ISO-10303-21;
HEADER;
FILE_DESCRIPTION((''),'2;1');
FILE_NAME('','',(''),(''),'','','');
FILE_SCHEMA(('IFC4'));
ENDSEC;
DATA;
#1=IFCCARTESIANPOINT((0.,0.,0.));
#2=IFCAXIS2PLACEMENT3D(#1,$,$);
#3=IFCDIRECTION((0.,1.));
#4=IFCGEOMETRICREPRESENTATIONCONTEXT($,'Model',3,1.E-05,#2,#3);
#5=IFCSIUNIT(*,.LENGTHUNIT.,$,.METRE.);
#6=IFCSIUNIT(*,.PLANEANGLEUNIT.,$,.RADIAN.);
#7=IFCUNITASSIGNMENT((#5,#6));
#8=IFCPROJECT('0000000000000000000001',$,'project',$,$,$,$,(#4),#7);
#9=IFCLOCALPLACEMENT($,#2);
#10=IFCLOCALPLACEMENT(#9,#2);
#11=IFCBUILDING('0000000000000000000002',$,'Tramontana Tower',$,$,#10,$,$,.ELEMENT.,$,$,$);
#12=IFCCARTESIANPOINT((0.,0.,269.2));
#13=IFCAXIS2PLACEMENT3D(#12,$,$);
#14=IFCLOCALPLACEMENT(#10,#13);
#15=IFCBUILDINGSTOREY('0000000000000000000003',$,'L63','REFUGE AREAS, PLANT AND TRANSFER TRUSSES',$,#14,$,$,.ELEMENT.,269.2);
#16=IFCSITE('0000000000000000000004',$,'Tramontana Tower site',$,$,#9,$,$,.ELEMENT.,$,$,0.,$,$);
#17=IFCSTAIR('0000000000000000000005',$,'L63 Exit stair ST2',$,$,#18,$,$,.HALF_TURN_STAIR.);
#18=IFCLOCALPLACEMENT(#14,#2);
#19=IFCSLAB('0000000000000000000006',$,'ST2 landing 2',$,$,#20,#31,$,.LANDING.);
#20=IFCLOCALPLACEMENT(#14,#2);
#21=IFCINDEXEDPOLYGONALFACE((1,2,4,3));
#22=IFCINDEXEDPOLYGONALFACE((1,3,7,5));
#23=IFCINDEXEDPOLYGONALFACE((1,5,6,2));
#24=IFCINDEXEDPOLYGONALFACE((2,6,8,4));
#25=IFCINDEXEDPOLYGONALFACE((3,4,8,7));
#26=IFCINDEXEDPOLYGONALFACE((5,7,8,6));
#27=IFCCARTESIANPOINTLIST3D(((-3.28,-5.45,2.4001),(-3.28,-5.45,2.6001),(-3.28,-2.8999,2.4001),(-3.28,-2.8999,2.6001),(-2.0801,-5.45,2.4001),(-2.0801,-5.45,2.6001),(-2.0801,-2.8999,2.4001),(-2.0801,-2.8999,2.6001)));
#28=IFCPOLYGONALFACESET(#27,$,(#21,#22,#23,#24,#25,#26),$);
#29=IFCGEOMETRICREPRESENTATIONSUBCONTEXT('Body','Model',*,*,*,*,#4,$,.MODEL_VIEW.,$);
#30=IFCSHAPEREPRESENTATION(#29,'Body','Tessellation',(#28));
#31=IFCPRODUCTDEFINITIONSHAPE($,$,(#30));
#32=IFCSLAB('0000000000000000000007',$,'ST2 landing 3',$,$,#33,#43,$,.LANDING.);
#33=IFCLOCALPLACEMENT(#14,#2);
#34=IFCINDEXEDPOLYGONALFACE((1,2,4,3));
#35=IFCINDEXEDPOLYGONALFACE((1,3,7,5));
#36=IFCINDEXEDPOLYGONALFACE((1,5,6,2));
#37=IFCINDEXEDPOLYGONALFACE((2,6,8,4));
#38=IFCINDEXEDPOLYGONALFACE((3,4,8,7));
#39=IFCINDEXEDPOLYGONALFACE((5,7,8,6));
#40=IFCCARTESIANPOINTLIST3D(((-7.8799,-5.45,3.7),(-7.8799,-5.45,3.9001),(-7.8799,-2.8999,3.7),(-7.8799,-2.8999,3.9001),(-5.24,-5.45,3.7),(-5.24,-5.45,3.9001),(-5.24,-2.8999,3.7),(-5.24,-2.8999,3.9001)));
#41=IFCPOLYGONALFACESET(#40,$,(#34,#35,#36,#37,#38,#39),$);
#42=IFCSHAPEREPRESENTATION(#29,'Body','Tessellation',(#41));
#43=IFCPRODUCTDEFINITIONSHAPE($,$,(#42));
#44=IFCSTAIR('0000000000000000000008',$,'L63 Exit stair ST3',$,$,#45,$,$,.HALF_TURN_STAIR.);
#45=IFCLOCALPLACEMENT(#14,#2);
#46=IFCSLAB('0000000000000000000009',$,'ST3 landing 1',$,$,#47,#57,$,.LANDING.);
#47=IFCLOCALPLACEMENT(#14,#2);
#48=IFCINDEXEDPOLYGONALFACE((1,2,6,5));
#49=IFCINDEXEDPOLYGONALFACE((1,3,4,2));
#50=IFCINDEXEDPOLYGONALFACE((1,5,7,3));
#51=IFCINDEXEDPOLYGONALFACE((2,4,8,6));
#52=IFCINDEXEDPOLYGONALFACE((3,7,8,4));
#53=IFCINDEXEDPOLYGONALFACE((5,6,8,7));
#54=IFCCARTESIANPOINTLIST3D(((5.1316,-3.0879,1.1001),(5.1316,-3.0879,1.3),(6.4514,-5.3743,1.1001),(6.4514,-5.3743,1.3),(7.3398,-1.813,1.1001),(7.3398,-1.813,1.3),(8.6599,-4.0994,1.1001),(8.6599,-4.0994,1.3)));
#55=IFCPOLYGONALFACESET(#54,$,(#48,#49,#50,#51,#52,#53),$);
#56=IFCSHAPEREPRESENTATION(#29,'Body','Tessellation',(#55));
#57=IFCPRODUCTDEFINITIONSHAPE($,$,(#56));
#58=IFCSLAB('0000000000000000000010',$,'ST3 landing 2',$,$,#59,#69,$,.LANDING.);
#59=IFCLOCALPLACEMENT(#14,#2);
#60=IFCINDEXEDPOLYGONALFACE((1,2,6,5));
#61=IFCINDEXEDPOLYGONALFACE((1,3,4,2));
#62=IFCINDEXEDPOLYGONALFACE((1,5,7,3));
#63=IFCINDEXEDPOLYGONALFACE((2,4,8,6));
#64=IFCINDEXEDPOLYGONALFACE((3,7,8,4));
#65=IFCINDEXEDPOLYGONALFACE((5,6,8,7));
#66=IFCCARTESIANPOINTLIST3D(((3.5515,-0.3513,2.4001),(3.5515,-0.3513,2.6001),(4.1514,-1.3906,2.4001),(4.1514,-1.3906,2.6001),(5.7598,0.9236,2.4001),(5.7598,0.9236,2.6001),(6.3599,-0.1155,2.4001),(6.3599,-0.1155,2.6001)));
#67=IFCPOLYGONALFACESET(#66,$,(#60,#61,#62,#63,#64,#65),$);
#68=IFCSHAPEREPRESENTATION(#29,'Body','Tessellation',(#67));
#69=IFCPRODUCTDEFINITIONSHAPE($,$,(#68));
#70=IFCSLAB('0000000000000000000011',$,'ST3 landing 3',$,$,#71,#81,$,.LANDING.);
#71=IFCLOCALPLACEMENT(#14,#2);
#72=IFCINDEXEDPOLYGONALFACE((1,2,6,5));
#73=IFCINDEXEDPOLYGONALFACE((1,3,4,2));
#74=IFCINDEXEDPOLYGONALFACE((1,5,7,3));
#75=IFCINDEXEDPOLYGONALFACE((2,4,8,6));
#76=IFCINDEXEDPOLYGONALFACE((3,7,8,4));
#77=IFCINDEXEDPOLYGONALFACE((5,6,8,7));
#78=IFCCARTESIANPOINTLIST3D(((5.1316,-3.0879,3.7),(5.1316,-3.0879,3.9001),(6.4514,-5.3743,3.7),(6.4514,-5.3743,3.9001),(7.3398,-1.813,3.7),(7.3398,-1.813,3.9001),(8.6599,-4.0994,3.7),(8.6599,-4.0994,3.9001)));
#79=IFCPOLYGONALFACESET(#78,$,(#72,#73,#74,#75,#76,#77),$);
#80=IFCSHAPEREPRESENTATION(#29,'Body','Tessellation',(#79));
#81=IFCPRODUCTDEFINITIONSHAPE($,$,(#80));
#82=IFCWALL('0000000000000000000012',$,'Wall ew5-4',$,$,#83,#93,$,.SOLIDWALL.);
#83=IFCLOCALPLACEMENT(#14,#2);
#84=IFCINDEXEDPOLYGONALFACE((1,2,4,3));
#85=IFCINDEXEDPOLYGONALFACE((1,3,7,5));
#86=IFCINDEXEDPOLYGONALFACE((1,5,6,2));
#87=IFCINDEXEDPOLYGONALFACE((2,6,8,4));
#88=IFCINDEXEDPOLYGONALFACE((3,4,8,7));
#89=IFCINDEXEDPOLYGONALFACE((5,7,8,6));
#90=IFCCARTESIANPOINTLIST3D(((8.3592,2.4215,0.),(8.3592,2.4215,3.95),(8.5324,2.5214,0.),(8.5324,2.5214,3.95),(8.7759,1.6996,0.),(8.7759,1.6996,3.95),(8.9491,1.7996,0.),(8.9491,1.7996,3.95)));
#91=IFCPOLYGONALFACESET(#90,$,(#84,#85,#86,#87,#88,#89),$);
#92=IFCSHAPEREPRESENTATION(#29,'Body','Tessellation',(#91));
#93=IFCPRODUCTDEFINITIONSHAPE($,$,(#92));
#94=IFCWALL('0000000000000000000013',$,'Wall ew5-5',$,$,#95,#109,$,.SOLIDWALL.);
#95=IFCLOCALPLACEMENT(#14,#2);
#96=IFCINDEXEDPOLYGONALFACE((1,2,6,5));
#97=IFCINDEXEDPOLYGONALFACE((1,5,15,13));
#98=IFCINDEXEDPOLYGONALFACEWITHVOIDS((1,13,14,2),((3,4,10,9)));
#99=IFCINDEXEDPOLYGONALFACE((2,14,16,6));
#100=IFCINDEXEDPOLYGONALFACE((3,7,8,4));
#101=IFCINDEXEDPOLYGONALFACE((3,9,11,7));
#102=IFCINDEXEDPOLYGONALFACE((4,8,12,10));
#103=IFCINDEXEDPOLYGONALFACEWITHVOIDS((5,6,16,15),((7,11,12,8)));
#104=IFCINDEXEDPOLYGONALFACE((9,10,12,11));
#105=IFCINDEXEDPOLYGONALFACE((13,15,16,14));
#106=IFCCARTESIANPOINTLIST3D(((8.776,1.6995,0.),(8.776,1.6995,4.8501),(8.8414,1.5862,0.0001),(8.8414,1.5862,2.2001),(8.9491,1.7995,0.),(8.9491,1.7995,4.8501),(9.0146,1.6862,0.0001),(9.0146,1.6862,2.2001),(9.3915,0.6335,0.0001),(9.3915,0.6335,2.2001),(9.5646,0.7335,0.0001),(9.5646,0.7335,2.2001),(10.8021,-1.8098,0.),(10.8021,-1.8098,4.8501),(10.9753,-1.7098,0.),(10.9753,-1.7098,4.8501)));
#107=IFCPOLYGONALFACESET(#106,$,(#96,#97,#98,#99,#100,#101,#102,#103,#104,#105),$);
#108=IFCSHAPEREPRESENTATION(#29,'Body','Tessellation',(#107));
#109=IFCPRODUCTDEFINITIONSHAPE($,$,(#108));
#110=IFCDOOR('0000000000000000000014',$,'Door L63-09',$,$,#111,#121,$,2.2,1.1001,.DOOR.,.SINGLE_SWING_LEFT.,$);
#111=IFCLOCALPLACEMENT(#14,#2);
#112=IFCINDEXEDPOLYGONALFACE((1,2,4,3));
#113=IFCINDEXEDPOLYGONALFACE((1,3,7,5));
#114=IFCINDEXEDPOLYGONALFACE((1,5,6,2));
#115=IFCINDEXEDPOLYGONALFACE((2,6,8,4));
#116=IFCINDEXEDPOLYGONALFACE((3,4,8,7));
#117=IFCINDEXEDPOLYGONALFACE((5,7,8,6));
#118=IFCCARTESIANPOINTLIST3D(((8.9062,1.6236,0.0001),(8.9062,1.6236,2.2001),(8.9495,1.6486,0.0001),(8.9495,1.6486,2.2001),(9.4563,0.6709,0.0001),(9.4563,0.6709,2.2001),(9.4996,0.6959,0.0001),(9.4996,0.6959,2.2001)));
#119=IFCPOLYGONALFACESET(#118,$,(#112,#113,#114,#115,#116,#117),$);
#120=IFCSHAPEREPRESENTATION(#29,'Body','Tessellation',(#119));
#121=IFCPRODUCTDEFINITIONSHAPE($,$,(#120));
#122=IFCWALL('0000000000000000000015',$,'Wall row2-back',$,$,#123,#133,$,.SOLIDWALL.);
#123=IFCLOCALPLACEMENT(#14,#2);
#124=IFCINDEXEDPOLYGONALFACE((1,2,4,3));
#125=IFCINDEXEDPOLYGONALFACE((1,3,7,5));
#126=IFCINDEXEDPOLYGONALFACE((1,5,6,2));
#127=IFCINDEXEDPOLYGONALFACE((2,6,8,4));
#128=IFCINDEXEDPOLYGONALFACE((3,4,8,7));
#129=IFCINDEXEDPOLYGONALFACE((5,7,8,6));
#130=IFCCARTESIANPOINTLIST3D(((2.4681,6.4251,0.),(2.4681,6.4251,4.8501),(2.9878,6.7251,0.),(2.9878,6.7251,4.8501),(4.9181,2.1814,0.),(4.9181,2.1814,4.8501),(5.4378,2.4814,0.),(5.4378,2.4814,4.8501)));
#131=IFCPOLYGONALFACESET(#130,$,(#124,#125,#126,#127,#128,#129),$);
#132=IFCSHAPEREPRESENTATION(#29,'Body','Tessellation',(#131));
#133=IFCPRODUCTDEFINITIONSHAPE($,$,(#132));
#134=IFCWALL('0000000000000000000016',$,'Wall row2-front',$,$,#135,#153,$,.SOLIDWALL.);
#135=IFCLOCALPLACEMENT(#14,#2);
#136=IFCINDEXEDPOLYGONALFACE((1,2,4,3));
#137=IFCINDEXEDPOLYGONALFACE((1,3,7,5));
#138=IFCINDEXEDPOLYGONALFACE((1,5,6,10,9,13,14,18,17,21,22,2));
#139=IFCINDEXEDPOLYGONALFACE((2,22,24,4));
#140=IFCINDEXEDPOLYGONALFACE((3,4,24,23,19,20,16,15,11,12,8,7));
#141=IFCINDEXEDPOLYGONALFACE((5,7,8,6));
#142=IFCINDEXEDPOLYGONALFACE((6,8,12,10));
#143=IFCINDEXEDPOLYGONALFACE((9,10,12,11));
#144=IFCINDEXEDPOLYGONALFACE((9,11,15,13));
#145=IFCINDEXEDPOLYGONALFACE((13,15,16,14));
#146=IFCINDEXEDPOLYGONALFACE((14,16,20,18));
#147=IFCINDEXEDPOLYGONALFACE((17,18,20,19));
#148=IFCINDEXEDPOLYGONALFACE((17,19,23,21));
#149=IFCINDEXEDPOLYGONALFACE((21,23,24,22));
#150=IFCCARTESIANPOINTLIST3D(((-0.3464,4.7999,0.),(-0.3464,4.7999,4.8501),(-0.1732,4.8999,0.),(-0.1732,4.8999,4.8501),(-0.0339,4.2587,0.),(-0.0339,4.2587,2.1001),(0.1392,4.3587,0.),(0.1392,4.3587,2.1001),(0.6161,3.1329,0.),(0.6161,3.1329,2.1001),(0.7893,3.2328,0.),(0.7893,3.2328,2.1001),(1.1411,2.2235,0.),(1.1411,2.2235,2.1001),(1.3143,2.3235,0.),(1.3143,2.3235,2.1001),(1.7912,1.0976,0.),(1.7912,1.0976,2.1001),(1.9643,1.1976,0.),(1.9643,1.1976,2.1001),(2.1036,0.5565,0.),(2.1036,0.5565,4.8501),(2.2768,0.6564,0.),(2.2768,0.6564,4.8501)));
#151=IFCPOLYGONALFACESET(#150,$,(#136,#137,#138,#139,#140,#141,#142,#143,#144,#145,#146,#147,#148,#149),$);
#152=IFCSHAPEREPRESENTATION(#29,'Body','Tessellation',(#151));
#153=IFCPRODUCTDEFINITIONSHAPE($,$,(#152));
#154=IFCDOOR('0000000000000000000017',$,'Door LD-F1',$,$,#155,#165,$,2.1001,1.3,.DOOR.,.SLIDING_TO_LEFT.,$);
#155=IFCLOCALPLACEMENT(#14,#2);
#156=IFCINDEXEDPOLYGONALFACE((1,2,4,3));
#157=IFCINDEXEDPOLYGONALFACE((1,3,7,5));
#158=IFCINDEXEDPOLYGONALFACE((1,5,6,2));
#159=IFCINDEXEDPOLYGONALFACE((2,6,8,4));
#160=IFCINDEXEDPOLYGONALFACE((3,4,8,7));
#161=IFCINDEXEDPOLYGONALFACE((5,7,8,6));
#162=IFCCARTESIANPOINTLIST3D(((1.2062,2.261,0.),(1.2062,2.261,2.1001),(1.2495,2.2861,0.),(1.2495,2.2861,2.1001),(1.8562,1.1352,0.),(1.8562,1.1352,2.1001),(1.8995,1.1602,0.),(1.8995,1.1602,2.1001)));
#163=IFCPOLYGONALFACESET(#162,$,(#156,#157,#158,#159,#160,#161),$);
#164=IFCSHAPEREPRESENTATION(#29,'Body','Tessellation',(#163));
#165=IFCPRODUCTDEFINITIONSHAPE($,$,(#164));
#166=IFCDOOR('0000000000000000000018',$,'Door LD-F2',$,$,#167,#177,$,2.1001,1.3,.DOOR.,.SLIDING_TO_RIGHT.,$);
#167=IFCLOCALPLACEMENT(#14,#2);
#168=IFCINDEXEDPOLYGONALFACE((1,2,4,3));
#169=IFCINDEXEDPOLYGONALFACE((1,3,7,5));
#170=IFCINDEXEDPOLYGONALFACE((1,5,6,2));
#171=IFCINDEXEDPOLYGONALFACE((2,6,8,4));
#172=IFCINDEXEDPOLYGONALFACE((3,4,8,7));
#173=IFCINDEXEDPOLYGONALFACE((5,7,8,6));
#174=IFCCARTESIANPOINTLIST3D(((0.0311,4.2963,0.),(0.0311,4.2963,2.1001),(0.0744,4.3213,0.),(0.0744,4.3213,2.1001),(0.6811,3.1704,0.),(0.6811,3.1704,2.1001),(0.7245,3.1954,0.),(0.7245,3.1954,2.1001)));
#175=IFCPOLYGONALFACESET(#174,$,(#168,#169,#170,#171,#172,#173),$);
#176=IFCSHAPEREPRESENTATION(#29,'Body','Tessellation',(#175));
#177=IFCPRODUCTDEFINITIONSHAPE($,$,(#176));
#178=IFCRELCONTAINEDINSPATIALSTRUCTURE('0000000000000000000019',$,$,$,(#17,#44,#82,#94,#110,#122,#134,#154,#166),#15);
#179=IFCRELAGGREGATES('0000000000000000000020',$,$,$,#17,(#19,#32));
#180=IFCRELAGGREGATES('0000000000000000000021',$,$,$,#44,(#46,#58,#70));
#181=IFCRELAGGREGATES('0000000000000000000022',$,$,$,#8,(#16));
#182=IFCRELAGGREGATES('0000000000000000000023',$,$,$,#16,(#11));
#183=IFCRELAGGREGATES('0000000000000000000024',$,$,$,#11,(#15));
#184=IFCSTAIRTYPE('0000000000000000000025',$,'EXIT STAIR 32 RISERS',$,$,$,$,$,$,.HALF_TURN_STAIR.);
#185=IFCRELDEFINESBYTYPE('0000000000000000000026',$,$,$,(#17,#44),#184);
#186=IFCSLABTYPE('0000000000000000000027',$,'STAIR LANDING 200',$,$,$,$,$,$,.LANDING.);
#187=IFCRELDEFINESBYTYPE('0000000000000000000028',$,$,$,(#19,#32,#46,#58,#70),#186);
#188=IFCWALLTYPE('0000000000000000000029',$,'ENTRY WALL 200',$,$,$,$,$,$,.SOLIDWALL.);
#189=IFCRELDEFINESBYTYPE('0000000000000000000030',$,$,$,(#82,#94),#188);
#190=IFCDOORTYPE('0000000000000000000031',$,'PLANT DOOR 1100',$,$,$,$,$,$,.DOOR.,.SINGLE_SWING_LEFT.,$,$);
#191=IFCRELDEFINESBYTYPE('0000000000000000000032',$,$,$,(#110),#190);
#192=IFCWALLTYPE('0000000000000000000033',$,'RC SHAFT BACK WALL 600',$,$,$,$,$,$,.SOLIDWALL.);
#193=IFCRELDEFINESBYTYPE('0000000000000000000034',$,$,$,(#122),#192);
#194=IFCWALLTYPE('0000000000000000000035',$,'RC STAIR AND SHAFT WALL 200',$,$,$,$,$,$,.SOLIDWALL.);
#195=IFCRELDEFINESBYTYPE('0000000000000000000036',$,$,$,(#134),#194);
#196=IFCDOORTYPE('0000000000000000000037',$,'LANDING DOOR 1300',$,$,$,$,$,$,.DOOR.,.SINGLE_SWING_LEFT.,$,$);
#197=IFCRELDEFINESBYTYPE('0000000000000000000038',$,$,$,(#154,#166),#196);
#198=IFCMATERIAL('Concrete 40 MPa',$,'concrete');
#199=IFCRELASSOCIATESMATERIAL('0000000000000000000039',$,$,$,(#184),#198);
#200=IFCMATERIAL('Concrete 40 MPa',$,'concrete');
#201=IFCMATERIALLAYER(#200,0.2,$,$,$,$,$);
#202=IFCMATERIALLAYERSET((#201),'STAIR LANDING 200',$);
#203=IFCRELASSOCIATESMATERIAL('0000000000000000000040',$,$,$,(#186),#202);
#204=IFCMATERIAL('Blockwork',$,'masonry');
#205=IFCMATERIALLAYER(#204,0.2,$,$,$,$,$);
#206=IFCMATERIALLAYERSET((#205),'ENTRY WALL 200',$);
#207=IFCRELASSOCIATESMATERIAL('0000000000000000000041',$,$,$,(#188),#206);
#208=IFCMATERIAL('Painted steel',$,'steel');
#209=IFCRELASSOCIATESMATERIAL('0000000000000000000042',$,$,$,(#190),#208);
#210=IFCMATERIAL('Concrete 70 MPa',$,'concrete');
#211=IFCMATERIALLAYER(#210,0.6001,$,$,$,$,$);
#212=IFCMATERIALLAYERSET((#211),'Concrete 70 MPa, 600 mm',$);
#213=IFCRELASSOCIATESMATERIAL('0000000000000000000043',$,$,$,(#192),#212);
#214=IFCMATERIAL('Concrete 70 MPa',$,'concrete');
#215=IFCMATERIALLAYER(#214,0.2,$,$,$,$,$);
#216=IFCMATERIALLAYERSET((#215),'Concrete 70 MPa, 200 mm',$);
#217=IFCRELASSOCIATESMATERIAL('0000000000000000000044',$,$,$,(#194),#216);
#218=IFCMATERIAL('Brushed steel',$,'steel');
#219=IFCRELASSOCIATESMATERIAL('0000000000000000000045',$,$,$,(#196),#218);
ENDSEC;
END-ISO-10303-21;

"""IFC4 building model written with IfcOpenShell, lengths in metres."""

from ifc_helpers import new_model, si_unit, direction, frame, frame_2d, origin, place, context, subcontext, project, spatial, polyline, rectangle, outline, extrude, material, layer, layer_set, type_object, element, fill, aggregate, save


model = new_model("IFC4")

# Units and contexts
model_context = context("Model", 3, precision=1e-05, world=origin(), true_north=direction((0.0, 1.0)))
body_context = subcontext(model_context, "Body", "Model", "MODEL_VIEW")
ifc_project = project(units=[si_unit("LENGTHUNIT", "METRE"), si_unit("PLANEANGLEUNIT", "RADIAN")], contexts=[model_context])

# Site, building, storey
site_placement = place(None, origin())
site = spatial("IfcSite", under=ifc_project, at=site_placement, Name="Tramontana Tower site", CompositionType="ELEMENT", RefElevation=0.0)
building_placement = place(site_placement, origin())
building = spatial("IfcBuilding", under=site, at=building_placement, Name="Tramontana Tower", CompositionType="ELEMENT")
storey_placement = place(building_placement, frame((0.0, 0.0, 269.2)))
storey = spatial("IfcBuildingStorey", under=building, at=storey_placement, Name="L63", Description="REFUGE AREAS, PLANT AND TRANSFER TRUSSES", CompositionType="ELEMENT", Elevation=269.2)

# Stairs, slabs
ifc_material_1 = material(Name="Concrete 40 MPa", Category="concrete")
stair_type = type_object("IfcStairType", Name="EXIT STAIR 32 RISERS", PredefinedType="HALF_TURN_STAIR", material=ifc_material_1)
stair_1_placement = place(storey_placement, origin())
stair_1 = element("IfcStair", 1, at=stair_1_placement, inside=storey, type_object=stair_type, Name="L63 Exit stair ST2", PredefinedType="HALF_TURN_STAIR")
ifc_material_2 = material(Name="Concrete 40 MPa", Category="concrete")
ifc_layer_1 = layer(ifc_material_2, 0.2)
ifc_layer_set_1 = layer_set([ifc_layer_1], Name="STAIR LANDING 200")
slab_type = type_object("IfcSlabType", Name="STAIR LANDING 200", PredefinedType="LANDING", material=ifc_layer_set_1)
slab_1_placement = place(storey_placement, frame((0.0, 0.0, 2.4001)))
slab_1 = element("IfcSlab", 2, at=slab_1_placement, type_object=slab_type, Name="ST2 landing 2", PredefinedType="LANDING", context=body_context, shape_type="SweptSolid", body=[
    extrude(outline(polyline([(-2.0801, -2.8999), (-3.28, -2.8999), (-3.28, -5.45), (-2.0801, -5.45), (-2.0801, -2.8999)])), origin(), (0.0, 0.0, 1.0), 0.2),
])
slab_2_placement = place(storey_placement, frame((0.0, 0.0, 3.7)))
slab_2 = element("IfcSlab", 3, at=slab_2_placement, type_object=slab_type, Name="ST2 landing 3", PredefinedType="LANDING", context=body_context, shape_type="SweptSolid", body=[
    extrude(outline(polyline([(-5.24, -2.8999), (-7.8799, -2.8999), (-7.8799, -5.45), (-5.24, -5.45), (-5.24, -2.8999)])), origin(), (0.0, 0.0, 1.0), 0.2002),
])
aggregate(stair_1, [slab_1, slab_2])
stair_2_placement = place(storey_placement, origin())
stair_2 = element("IfcStair", 4, at=stair_2_placement, inside=storey, type_object=stair_type, Name="L63 Exit stair ST3", PredefinedType="HALF_TURN_STAIR")
slab_3_placement = place(storey_placement, frame((0.0, 0.0, 1.1001)))
slab_3 = element("IfcSlab", 5, at=slab_3_placement, type_object=slab_type, Name="ST3 landing 1", PredefinedType="LANDING", context=body_context, shape_type="SweptSolid", body=[
    extrude(outline(polyline([(5.1316, -3.0879), (6.4514, -5.3743), (8.6599, -4.0994), (7.3398, -1.813), (5.1316, -3.0879)])), origin(), (0.0, 0.0, 1.0), 0.2),
])
slab_4_placement = place(storey_placement, frame((0.0, 0.0, 2.4001)))
slab_4 = element("IfcSlab", 6, at=slab_4_placement, type_object=slab_type, Name="ST3 landing 2", PredefinedType="LANDING", context=body_context, shape_type="SweptSolid", body=[
    extrude(outline(polyline([(3.5515, -0.3513), (4.1514, -1.3906), (6.3599, -0.1155), (5.7598, 0.9236), (3.5515, -0.3513)])), origin(), (0.0, 0.0, 1.0), 0.2),
])
slab_5_placement = place(storey_placement, frame((0.0, 0.0, 3.7)))
slab_5 = element("IfcSlab", 7, at=slab_5_placement, type_object=slab_type, Name="ST3 landing 3", PredefinedType="LANDING", context=body_context, shape_type="SweptSolid", body=[
    extrude(outline(polyline([(5.1316, -3.0879), (6.4514, -5.3743), (8.6599, -4.0994), (7.3398, -1.813), (5.1316, -3.0879)])), origin(), (0.0, 0.0, 1.0), 0.2002),
])
aggregate(stair_2, [slab_3, slab_4, slab_5])

# Wall
ifc_material_3 = material(Name="Blockwork", Category="masonry")
ifc_layer_2 = layer(ifc_material_3, 0.2)
ifc_layer_set_2 = layer_set([ifc_layer_2], Name="ENTRY WALL 200")
wall_type_1 = type_object("IfcWallType", Name="ENTRY WALL 200", PredefinedType="SOLIDWALL", material=ifc_layer_set_2)
wall_1_placement = place(storey_placement, frame((8.4458, 2.4714, 0.0), z_axis=(0.0, 0.0, 1.0), x_axis=(0.499951, -0.866054, 0.0)))
element("IfcWall", 8, at=wall_1_placement, inside=storey, type_object=wall_type_1, Name="Wall ew5-4", PredefinedType="SOLIDWALL", context=body_context, shape_type="SweptSolid", body=[
    extrude(rectangle(XDim=0.8335, YDim=0.2, at=frame_2d((0.4167, 0.0))), origin(), (0.0, 0.0, 1.0), 3.95),
])

# Wall, opening, door
wall_2_placement = place(storey_placement, frame((8.8625, 1.7495, 0.0), z_axis=(0.0, 0.0, 1.0), x_axis=(0.500008, -0.866021, 0.0)))
wall_2 = element("IfcWall", 9, at=wall_2_placement, inside=storey, type_object=wall_type_1, Name="Wall ew5-5", PredefinedType="SOLIDWALL", context=body_context, shape_type="SweptSolid", body=[
    extrude(rectangle(XDim=4.0522, YDim=0.2, at=frame_2d((2.0261, 0.0))), origin(), (0.0, 0.0, 1.0), 4.8501),
])
opening_1_placement = place(wall_2_placement, frame((0.1309, 0.0, 0.0)))
opening_1 = element("IfcOpeningElement", 10, at=opening_1_placement, cuts=wall_2, PredefinedType="OPENING", context=body_context, shape_type="SweptSolid", body=[
    extrude(rectangle(XDim=1.1001, YDim=2.2, at=frame_2d((0.55, 1.1001))), frame((0.0, 0.1099, 0.0), z_axis=(0.0, -1.0, 0.0), x_axis=(1.0, 0.0, 0.0)), (0.0, 0.0, 1.0), 0.22),
])
ifc_material_4 = material(Name="Painted steel", Category="steel")
door_type_1 = type_object("IfcDoorType", Name="PLANT DOOR 1100", OperationType="SINGLE_SWING_LEFT", PredefinedType="DOOR", material=ifc_material_4)
door_1_placement = place(opening_1_placement, origin())
door_1 = element("IfcDoor", 11, at=door_1_placement, inside=storey, type_object=door_type_1, Name="Door L63-09", OperationType="SINGLE_SWING_LEFT", OverallHeight=2.2, OverallWidth=1.1001, PredefinedType="DOOR", context=body_context, shape_type="SweptSolid", body=[
    extrude(rectangle(XDim=1.1001, YDim=2.2, at=frame_2d((0.55, 1.1001))), frame((0.0, 0.0249, 0.0), z_axis=(0.0, -1.0, 0.0), x_axis=(1.0, 0.0, 0.0)), (0.0, 0.0, 1.0), 0.05),
])
fill(opening_1, door_1)

# Wall
ifc_material_5 = material(Name="Concrete 70 MPa", Category="concrete")
ifc_layer_3 = layer(ifc_material_5, 0.6001)
ifc_layer_set_3 = layer_set([ifc_layer_3], Name="Concrete 70 MPa, 600 mm")
wall_type_2 = type_object("IfcWallType", Name="RC SHAFT BACK WALL 600", PredefinedType="SOLIDWALL", material=ifc_layer_set_3)
wall_3_placement = place(storey_placement, frame((5.178, 2.3313, 0.0), z_axis=(0.0, 0.0, 1.0), x_axis=(-0.499981, 0.866036, 0.0)))
element("IfcWall", 12, at=wall_3_placement, inside=storey, type_object=wall_type_2, Name="Wall row2-back", PredefinedType="SOLIDWALL", context=body_context, shape_type="SweptSolid", body=[
    extrude(rectangle(XDim=4.9001, YDim=0.6001, at=frame_2d((2.4502, 0.0))), origin(), (0.0, 0.0, 1.0), 4.8501),
])

# Wall, openings, doors
ifc_material_6 = material(Name="Concrete 70 MPa", Category="concrete")
ifc_layer_4 = layer(ifc_material_6, 0.2)
ifc_layer_set_4 = layer_set([ifc_layer_4], Name="Concrete 70 MPa, 200 mm")
wall_type_3 = type_object("IfcWallType", Name="RC STAIR AND SHAFT WALL 200", PredefinedType="SOLIDWALL", material=ifc_layer_set_4)
wall_4_placement = place(storey_placement, frame((2.1902, 0.6064, 0.0), z_axis=(0.0, 0.0, 1.0), x_axis=(-0.500003, 0.866024, 0.0)))
wall_4 = element("IfcWall", 13, at=wall_4_placement, inside=storey, type_object=wall_type_3, Name="Wall row2-front", PredefinedType="SOLIDWALL", context=body_context, shape_type="SweptSolid", body=[
    extrude(rectangle(XDim=4.8999, YDim=0.2, at=frame_2d((2.45, 0.0))), origin(), (0.0, 0.0, 1.0), 4.8501),
])
opening_2_placement = place(wall_4_placement, frame((0.625, 0.0, 0.0)))
opening_2 = element("IfcOpeningElement", 14, at=opening_2_placement, cuts=wall_4, PredefinedType="OPENING", context=body_context, shape_type="SweptSolid", body=[
    extrude(rectangle(XDim=1.3, YDim=2.1001, at=frame_2d((0.6499, 1.05))), frame((0.0, 0.1099, 0.0), z_axis=(0.0, -1.0, 0.0), x_axis=(1.0, 0.0, 0.0)), (0.0, 0.0, 1.0), 0.22),
])
opening_3_placement = place(wall_4_placement, frame((2.9751, 0.0, 0.0)))
opening_3 = element("IfcOpeningElement", 15, at=opening_3_placement, cuts=wall_4, PredefinedType="OPENING", context=body_context, shape_type="SweptSolid", body=[
    extrude(rectangle(XDim=1.3, YDim=2.1001, at=frame_2d((0.6499, 1.05))), frame((0.0, 0.1099, 0.0), z_axis=(0.0, -1.0, 0.0), x_axis=(1.0, 0.0, 0.0)), (0.0, 0.0, 1.0), 0.22),
])
ifc_material_7 = material(Name="Brushed steel", Category="steel")
door_type_2 = type_object("IfcDoorType", Name="LANDING DOOR 1300", OperationType="SINGLE_SWING_LEFT", PredefinedType="DOOR", material=ifc_material_7)
door_2_placement = place(opening_2_placement, origin())
door_2 = element("IfcDoor", 16, at=door_2_placement, inside=storey, type_object=door_type_2, Name="Door LD-F1", OperationType="SLIDING_TO_LEFT", OverallHeight=2.1001, OverallWidth=1.3, PredefinedType="DOOR", context=body_context, shape_type="SweptSolid", body=[
    extrude(rectangle(XDim=1.3, YDim=2.1001, at=frame_2d((0.6499, 1.05))), frame((0.0, 0.0249, 0.0), z_axis=(0.0, -1.0, 0.0), x_axis=(1.0, 0.0, 0.0)), (0.0, 0.0, 1.0), 0.05),
])
fill(opening_2, door_2)
door_3_placement = place(opening_3_placement, origin())
door_3 = element("IfcDoor", 17, at=door_3_placement, inside=storey, type_object=door_type_2, Name="Door LD-F2", OperationType="SLIDING_TO_RIGHT", OverallHeight=2.1001, OverallWidth=1.3, PredefinedType="DOOR", context=body_context, shape_type="SweptSolid", body=[
    extrude(rectangle(XDim=1.3, YDim=2.1001, at=frame_2d((0.6499, 1.05))), frame((0.0, 0.0249, 0.0), z_axis=(0.0, -1.0, 0.0), x_axis=(1.0, 0.0, 0.0)), (0.0, 0.0, 1.0), 0.05),
])
fill(opening_3, door_3)

save(model, "model.ifc")
